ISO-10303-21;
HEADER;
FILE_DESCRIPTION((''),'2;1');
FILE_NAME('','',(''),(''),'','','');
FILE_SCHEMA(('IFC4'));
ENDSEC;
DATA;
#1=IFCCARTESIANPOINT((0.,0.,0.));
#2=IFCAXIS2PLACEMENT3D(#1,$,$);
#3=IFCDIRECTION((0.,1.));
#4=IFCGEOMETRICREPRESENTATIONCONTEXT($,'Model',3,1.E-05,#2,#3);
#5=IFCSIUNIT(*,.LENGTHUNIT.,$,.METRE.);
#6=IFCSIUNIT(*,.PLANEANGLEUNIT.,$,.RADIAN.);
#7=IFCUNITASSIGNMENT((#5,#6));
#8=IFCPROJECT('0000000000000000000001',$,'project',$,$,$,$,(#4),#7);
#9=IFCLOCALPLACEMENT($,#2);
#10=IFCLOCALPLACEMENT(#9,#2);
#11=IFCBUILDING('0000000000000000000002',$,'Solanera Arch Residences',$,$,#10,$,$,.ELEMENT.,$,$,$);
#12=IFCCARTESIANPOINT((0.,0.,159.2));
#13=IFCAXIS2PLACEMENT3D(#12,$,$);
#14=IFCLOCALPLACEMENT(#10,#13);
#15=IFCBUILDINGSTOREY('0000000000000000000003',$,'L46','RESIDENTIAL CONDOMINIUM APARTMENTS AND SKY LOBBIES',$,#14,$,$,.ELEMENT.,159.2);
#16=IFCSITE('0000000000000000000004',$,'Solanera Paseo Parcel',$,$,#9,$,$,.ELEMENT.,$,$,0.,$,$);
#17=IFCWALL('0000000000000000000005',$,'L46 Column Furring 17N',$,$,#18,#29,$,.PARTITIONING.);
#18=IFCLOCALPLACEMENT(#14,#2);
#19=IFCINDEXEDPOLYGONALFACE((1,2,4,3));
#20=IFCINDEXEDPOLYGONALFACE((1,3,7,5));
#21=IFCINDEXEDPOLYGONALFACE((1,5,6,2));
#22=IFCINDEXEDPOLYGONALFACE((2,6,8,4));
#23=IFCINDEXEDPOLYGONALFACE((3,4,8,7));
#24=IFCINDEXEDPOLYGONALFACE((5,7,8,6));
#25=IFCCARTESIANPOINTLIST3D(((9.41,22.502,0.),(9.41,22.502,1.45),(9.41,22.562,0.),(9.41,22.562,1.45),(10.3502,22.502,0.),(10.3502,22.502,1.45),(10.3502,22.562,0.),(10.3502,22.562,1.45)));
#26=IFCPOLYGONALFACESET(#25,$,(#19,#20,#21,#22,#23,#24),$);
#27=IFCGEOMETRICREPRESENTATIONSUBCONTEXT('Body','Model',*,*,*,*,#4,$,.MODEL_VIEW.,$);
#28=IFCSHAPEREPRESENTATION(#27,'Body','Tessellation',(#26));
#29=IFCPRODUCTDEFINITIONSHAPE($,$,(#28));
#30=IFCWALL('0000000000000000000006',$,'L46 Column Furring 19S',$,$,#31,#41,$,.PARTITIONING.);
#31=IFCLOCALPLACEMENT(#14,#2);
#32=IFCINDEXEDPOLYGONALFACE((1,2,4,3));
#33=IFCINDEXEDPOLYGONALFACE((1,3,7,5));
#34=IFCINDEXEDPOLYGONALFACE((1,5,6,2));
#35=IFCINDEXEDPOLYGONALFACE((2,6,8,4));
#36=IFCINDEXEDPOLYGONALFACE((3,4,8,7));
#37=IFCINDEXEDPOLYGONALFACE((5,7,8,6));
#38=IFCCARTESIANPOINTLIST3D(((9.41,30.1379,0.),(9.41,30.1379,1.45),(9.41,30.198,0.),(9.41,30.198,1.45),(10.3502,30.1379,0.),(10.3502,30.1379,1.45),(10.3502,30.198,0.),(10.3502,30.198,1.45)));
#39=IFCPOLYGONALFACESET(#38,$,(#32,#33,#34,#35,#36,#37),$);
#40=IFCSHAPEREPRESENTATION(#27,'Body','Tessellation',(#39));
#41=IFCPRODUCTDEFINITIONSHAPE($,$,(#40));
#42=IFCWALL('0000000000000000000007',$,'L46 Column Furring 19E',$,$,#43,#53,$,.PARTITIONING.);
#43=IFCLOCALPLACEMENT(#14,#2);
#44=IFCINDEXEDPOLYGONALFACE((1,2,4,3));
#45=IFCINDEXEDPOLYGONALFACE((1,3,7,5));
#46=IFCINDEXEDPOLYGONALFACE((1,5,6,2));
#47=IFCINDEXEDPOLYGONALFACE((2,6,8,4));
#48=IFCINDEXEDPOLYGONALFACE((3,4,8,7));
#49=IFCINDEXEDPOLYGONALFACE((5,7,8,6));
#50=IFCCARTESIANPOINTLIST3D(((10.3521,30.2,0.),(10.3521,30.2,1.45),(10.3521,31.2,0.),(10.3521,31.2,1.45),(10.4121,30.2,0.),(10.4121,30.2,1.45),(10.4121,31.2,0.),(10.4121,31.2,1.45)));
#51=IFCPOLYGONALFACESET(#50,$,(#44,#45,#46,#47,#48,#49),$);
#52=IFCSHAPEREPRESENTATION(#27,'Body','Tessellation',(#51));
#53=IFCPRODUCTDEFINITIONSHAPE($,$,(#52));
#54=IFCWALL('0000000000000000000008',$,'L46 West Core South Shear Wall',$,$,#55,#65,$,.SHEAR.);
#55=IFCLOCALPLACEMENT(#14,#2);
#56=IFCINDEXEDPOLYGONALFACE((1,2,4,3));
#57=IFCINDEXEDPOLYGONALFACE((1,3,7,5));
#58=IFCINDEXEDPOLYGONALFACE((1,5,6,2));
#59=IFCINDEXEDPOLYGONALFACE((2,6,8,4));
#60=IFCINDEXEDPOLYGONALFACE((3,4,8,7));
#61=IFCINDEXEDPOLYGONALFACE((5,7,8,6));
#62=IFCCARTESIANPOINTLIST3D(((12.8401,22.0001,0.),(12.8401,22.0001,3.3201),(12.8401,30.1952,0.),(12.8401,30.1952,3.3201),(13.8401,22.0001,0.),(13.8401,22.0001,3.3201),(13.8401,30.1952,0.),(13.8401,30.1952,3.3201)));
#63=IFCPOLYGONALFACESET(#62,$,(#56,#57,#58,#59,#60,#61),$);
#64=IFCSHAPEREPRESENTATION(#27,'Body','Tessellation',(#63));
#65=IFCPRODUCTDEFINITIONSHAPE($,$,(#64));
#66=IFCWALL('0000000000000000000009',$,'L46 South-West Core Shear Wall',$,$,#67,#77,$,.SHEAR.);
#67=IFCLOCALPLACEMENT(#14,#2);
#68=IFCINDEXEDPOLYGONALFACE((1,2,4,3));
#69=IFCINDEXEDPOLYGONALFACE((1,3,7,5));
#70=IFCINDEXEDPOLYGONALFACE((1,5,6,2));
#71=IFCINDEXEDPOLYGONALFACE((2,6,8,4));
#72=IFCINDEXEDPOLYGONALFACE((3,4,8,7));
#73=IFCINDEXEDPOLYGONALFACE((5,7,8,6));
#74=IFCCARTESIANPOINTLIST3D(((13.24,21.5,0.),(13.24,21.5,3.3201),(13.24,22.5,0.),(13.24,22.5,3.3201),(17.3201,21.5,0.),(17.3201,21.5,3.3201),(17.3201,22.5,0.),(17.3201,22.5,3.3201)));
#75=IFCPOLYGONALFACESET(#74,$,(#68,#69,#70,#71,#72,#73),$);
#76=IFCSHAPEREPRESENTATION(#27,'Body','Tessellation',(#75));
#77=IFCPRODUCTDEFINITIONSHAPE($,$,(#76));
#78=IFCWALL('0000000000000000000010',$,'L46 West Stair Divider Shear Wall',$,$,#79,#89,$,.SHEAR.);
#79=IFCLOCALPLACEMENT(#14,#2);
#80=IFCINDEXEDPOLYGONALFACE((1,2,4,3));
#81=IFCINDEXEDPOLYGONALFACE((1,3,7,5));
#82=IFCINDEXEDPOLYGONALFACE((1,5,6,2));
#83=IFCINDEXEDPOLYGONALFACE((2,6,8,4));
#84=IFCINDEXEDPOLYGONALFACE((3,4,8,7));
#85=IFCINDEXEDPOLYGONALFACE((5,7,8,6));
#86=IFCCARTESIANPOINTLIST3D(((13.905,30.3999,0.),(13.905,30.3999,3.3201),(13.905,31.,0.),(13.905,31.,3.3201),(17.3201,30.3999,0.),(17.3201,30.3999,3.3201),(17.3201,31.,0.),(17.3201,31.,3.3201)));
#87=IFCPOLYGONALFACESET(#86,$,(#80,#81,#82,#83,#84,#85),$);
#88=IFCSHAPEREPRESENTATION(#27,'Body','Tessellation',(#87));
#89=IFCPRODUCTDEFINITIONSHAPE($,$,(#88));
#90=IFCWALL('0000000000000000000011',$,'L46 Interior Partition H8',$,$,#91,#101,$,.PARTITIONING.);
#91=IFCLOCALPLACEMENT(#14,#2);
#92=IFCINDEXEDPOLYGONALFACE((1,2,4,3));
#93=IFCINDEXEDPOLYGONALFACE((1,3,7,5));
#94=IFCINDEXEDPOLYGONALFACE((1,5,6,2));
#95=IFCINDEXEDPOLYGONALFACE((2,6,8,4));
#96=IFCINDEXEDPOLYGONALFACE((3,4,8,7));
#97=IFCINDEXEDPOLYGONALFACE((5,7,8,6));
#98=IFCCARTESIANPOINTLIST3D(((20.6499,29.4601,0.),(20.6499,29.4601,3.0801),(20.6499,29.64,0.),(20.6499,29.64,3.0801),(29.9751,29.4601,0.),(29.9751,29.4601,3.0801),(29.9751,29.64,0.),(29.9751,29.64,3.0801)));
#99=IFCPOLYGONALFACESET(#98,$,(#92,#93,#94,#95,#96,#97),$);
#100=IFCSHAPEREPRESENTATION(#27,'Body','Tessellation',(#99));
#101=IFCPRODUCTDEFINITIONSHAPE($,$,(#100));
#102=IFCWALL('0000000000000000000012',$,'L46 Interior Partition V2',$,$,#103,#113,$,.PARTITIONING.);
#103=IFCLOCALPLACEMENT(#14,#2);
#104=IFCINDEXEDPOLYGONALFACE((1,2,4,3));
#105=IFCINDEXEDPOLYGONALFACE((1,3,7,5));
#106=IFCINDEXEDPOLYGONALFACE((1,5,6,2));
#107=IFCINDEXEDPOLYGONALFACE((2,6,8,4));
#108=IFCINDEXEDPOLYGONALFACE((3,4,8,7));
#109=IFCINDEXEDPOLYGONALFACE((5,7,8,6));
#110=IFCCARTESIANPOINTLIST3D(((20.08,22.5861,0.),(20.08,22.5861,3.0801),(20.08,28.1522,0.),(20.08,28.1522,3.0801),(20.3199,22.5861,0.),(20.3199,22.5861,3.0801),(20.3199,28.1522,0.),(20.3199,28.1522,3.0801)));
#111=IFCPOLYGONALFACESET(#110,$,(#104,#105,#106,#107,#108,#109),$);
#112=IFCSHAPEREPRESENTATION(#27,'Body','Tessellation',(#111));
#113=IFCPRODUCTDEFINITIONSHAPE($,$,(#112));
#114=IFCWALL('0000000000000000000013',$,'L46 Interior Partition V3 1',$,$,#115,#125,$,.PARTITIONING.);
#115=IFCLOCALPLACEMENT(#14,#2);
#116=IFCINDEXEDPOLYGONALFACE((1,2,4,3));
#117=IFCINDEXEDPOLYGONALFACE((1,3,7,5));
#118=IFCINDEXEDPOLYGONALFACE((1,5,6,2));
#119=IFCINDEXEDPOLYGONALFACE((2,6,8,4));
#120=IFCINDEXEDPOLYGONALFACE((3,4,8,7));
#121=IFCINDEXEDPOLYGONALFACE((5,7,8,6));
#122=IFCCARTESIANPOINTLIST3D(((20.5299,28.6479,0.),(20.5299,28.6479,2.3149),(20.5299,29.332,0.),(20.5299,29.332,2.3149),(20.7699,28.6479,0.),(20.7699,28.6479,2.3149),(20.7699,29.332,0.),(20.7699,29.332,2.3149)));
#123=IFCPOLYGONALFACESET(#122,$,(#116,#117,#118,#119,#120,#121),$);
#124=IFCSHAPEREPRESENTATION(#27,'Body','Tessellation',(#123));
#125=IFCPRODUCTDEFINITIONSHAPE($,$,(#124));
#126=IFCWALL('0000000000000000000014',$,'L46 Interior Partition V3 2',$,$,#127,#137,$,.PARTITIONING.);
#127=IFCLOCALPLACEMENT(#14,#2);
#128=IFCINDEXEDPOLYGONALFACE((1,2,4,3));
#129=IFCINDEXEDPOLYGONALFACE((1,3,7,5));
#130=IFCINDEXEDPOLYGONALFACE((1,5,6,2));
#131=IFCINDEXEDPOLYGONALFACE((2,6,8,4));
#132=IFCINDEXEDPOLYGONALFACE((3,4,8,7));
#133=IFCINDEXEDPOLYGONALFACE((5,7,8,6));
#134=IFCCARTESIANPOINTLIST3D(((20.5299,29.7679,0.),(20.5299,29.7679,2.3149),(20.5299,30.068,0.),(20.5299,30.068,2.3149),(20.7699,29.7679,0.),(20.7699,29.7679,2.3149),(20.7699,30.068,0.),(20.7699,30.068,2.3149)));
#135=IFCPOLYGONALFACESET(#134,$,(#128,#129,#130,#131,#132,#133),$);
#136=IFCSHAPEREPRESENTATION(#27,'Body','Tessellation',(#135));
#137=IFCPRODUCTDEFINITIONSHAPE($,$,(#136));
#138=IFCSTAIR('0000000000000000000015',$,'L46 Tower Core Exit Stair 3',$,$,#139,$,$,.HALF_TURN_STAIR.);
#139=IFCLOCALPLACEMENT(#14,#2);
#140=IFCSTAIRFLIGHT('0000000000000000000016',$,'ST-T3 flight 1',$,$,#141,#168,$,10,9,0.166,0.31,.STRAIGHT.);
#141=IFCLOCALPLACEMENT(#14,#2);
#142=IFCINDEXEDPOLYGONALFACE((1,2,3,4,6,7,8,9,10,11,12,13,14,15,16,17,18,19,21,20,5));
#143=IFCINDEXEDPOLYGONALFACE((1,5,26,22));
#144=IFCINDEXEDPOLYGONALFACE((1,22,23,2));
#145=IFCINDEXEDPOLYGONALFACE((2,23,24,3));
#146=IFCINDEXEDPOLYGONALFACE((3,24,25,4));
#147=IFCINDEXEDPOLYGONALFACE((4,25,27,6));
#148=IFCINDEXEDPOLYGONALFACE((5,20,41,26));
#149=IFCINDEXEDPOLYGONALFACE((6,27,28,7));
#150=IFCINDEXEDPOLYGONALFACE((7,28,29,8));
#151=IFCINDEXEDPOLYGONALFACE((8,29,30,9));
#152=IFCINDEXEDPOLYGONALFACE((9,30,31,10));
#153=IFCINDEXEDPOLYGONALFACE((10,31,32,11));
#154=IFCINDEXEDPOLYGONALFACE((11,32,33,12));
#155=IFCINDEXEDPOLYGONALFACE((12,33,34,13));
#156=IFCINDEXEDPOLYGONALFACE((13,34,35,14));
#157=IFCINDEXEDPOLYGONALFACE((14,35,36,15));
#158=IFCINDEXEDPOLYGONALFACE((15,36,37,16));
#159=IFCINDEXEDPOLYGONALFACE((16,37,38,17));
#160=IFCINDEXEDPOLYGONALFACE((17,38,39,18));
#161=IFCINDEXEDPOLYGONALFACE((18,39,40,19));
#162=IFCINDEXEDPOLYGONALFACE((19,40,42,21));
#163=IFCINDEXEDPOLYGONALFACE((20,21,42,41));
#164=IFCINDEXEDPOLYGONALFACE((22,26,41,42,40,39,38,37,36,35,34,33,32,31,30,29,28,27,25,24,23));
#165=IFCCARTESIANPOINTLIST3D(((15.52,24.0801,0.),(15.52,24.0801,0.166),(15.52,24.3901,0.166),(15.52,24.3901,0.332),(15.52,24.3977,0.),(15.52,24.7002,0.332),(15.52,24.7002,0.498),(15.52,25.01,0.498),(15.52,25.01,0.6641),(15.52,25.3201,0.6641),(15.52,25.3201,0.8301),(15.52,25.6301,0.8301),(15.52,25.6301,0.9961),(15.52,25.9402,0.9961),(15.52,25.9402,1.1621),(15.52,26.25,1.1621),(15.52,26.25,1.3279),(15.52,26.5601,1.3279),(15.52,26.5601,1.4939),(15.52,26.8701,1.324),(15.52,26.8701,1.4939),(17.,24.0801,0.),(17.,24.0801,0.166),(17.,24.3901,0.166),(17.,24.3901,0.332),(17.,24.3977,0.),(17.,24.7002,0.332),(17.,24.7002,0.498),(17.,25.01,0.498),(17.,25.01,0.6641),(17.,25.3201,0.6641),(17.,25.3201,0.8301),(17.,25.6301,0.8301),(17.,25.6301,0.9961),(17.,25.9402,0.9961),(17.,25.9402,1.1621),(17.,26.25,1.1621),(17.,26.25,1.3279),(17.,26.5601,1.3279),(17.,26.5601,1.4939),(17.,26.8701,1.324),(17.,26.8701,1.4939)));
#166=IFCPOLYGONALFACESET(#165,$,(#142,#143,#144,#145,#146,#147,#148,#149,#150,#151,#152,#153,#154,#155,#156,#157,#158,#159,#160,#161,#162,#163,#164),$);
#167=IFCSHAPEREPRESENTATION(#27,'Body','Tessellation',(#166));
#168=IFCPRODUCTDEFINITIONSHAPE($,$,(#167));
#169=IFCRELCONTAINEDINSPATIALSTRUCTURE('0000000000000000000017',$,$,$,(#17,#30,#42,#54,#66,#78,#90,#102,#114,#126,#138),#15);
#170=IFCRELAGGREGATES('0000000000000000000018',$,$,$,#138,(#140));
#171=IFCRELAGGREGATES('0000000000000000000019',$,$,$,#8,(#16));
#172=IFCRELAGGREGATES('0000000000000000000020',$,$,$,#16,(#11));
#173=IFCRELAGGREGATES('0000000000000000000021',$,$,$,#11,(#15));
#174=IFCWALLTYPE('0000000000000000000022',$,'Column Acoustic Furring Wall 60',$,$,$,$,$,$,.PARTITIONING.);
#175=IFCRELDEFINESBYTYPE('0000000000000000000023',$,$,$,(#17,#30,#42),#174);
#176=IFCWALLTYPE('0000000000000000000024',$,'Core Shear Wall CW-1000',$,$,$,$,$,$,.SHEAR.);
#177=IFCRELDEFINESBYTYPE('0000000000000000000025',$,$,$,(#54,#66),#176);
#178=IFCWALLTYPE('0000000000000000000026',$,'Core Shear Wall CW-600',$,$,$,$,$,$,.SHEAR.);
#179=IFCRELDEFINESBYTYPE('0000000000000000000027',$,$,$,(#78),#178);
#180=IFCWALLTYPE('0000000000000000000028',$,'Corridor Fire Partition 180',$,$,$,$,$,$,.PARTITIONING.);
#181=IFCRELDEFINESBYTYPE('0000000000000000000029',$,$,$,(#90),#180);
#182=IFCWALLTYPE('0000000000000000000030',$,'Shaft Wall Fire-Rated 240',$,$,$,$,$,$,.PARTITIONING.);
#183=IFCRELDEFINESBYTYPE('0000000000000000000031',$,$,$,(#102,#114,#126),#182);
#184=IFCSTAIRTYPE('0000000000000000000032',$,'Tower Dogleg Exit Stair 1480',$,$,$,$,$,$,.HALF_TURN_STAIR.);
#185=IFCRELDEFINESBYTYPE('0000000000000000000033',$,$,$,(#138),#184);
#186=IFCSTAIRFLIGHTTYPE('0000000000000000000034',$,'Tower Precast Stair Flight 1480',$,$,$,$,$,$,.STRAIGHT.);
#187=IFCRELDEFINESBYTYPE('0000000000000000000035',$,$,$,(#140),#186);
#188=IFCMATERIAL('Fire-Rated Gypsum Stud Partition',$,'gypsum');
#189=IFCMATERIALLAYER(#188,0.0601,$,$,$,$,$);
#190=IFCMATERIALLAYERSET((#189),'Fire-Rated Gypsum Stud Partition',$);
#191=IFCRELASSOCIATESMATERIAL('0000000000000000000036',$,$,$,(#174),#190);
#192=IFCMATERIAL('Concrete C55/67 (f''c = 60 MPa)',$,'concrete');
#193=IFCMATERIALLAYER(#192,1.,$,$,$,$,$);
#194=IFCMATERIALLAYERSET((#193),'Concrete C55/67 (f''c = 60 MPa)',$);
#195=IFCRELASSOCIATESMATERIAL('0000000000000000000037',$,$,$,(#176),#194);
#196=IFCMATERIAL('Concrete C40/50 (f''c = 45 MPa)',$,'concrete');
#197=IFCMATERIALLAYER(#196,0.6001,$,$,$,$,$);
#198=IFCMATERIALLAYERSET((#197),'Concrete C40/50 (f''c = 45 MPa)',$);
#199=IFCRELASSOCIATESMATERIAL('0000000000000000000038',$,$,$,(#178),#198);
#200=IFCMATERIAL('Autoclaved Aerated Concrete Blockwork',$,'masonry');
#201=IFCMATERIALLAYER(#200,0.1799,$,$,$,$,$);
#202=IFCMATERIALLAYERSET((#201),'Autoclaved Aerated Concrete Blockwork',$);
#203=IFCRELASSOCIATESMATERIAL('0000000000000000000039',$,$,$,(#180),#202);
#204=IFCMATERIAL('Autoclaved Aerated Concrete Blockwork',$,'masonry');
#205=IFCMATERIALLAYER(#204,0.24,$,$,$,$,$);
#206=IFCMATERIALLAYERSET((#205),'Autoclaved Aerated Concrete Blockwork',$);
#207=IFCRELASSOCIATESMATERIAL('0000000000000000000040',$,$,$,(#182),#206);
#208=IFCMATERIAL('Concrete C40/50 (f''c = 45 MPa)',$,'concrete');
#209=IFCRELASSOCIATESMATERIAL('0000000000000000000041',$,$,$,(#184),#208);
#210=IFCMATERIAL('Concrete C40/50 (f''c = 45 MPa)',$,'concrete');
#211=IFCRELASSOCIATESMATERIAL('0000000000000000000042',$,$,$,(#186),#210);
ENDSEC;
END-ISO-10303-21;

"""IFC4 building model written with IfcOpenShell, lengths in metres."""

from ifc_helpers import new_model, si_unit, direction, frame, frame_2d, origin, place, context, subcontext, project, spatial, polyline, rectangle, outline, extrude, material, layer, layer_set, type_object, element, aggregate, save


model = new_model("IFC4")

# Units and contexts
model_context = context("Model", 3, precision=1e-05, world=origin(), true_north=direction((0.0, 1.0)))
body_context = subcontext(model_context, "Body", "Model", "MODEL_VIEW")
ifc_project = project(units=[si_unit("LENGTHUNIT", "METRE"), si_unit("PLANEANGLEUNIT", "RADIAN")], contexts=[model_context])

# Site, building, storey
site_placement = place(None, origin())
site = spatial("IfcSite", under=ifc_project, at=site_placement, Name="Solanera Paseo Parcel", CompositionType="ELEMENT", RefElevation=0.0)
building_placement = place(site_placement, origin())
building = spatial("IfcBuilding", under=site, at=building_placement, Name="Solanera Arch Residences", CompositionType="ELEMENT")
storey_placement = place(building_placement, frame((0.0, 0.0, 159.2)))
storey = spatial("IfcBuildingStorey", under=building, at=storey_placement, Name="L46", Description="RESIDENTIAL CONDOMINIUM APARTMENTS AND SKY LOBBIES", CompositionType="ELEMENT", Elevation=159.2)

# Walls
ifc_material_1 = material(Name="Fire-Rated Gypsum Stud Partition", Category="gypsum")
ifc_layer_1 = layer(ifc_material_1, 0.0601)
ifc_layer_set_1 = layer_set([ifc_layer_1], Name="Fire-Rated Gypsum Stud Partition")
wall_type_1 = type_object("IfcWallType", Name="Column Acoustic Furring Wall 60", PredefinedType="PARTITIONING", material=ifc_layer_set_1)
for number, where, z_axis, x_axis, name in (
    (1, (9.4099, 22.532, 0.0), (0.0, 0.0, 1.0), (1.0, 0.0, 0.0), "L46 Column Furring 17N"),
    (2, (9.4099, 30.168, 0.0), (0.0, 0.0, 1.0), (1.0, 0.0, 0.0), "L46 Column Furring 19S"),
):
    element("IfcWall", number, at=place(storey_placement, frame(where, z_axis=z_axis, x_axis=x_axis)), inside=storey, type_object=wall_type_1, Name=name, PredefinedType="PARTITIONING", context=body_context, shape_type="SweptSolid", body=[
        extrude(rectangle(XDim=0.9402, YDim=0.0601, at=frame_2d((0.4702, 0.0))), origin(), (0.0, 0.0, 1.0), 1.45),
    ])
wall_1_placement = place(storey_placement, frame((10.3821, 30.2, 0.0), z_axis=(0.0, 0.0, 1.0), x_axis=(0.0, 1.0, 0.0)))
element("IfcWall", 3, at=wall_1_placement, inside=storey, type_object=wall_type_1, Name="L46 Column Furring 19E", PredefinedType="PARTITIONING", context=body_context, shape_type="SweptSolid", body=[
    extrude(rectangle(XDim=1.0, YDim=0.0601, at=frame_2d((0.5, 0.0))), origin(), (0.0, 0.0, 1.0), 1.45),
])
ifc_material_2 = material(Name="Concrete C55/67 (f'c = 60 MPa)", Category="concrete")
ifc_layer_2 = layer(ifc_material_2, 1.0)
ifc_layer_set_2 = layer_set([ifc_layer_2], Name="Concrete C55/67 (f'c = 60 MPa)")
wall_type_2 = type_object("IfcWallType", Name="Core Shear Wall CW-1000", PredefinedType="SHEAR", material=ifc_layer_set_2)
wall_2_placement = place(storey_placement, frame((13.3401, 22.0, 0.0), z_axis=(0.0, 0.0, 1.0), x_axis=(0.0, 1.0, 0.0)))
element("IfcWall", 4, at=wall_2_placement, inside=storey, type_object=wall_type_2, Name="L46 West Core South Shear Wall", PredefinedType="SHEAR", context=body_context, shape_type="SweptSolid", body=[
    extrude(rectangle(XDim=8.1951, YDim=1.0, at=frame_2d((4.0977, 0.0))), origin(), (0.0, 0.0, 1.0), 3.3201),
])
wall_3_placement = place(storey_placement, frame((13.24, 22.0, 0.0), z_axis=(0.0, 0.0, 1.0), x_axis=(1.0, 0.0, 0.0)))
element("IfcWall", 5, at=wall_3_placement, inside=storey, type_object=wall_type_2, Name="L46 South-West Core Shear Wall", PredefinedType="SHEAR", context=body_context, shape_type="SweptSolid", body=[
    extrude(rectangle(XDim=4.0801, YDim=1.0, at=frame_2d((2.04, 0.0))), origin(), (0.0, 0.0, 1.0), 3.3201),
])

# Walls
ifc_material_3 = material(Name="Concrete C40/50 (f'c = 45 MPa)", Category="concrete")
ifc_layer_3 = layer(ifc_material_3, 0.6001)
ifc_layer_set_3 = layer_set([ifc_layer_3], Name="Concrete C40/50 (f'c = 45 MPa)")
wall_type_3 = type_object("IfcWallType", Name="Core Shear Wall CW-600", PredefinedType="SHEAR", material=ifc_layer_set_3)
wall_4_placement = place(storey_placement, frame((13.905, 30.7, 0.0), z_axis=(0.0, 0.0, 1.0), x_axis=(1.0, 0.0, 0.0)))
element("IfcWall", 6, at=wall_4_placement, inside=storey, type_object=wall_type_3, Name="L46 West Stair Divider Shear Wall", PredefinedType="SHEAR", context=body_context, shape_type="SweptSolid", body=[
    extrude(rectangle(XDim=3.415, YDim=0.6001, at=frame_2d((1.7075, 0.0))), origin(), (0.0, 0.0, 1.0), 3.3201),
])
ifc_material_4 = material(Name="Autoclaved Aerated Concrete Blockwork", Category="masonry")
ifc_layer_4 = layer(ifc_material_4, 0.1799)
ifc_layer_set_4 = layer_set([ifc_layer_4], Name="Autoclaved Aerated Concrete Blockwork")
wall_type_4 = type_object("IfcWallType", Name="Corridor Fire Partition 180", PredefinedType="PARTITIONING", material=ifc_layer_set_4)
wall_5_placement = place(storey_placement, frame((20.6499, 29.55, 0.0), z_axis=(0.0, 0.0, 1.0), x_axis=(1.0, 0.0, 0.0)))
element("IfcWall", 7, at=wall_5_placement, inside=storey, type_object=wall_type_4, Name="L46 Interior Partition H8", PredefinedType="PARTITIONING", context=body_context, shape_type="SweptSolid", body=[
    extrude(rectangle(XDim=9.3252, YDim=0.1799, at=frame_2d((4.6626, 0.0))), origin(), (0.0, 0.0, 1.0), 3.0801),
])

# Shared definitions
ifc_material_5 = material(Name="Autoclaved Aerated Concrete Blockwork", Category="masonry")
ifc_layer_5 = layer(ifc_material_5, 0.24)
ifc_layer_set_5 = layer_set([ifc_layer_5], Name="Autoclaved Aerated Concrete Blockwork")
wall_type_5 = type_object("IfcWallType", Name="Shaft Wall Fire-Rated 240", PredefinedType="PARTITIONING", material=ifc_layer_set_5)

# Walls
wall_6_placement = place(storey_placement, frame((20.2, 22.5859, 0.0), z_axis=(0.0, 0.0, 1.0), x_axis=(0.0, 1.0, 0.0)))
element("IfcWall", 8, at=wall_6_placement, inside=storey, type_object=wall_type_5, Name="L46 Interior Partition V2", PredefinedType="PARTITIONING", context=body_context, shape_type="SweptSolid", body=[
    extrude(rectangle(XDim=5.5662, YDim=0.24, at=frame_2d((2.7832, 0.0))), origin(), (0.0, 0.0, 1.0), 3.0801),
])
wall_7_placement = place(storey_placement, frame((20.6499, 28.6479, 0.0), z_axis=(0.0, 0.0, 1.0), x_axis=(0.0, 1.0, 0.0)))
element("IfcWall", 9, at=wall_7_placement, inside=storey, type_object=wall_type_5, Name="L46 Interior Partition V3 1", PredefinedType="PARTITIONING", context=body_context, shape_type="SweptSolid", body=[
    extrude(rectangle(XDim=0.6841, YDim=0.24, at=frame_2d((0.342, 0.0))), origin(), (0.0, 0.0, 1.0), 2.3149),
])
wall_8_placement = place(storey_placement, frame((20.6499, 29.7681, 0.0), z_axis=(0.0, 0.0, 1.0), x_axis=(0.0, 1.0, 0.0)))
element("IfcWall", 10, at=wall_8_placement, inside=storey, type_object=wall_type_5, Name="L46 Interior Partition V3 2", PredefinedType="PARTITIONING", context=body_context, shape_type="SweptSolid", body=[
    extrude(rectangle(XDim=0.3, YDim=0.24, at=frame_2d((0.1499, 0.0))), origin(), (0.0, 0.0, 1.0), 2.3149),
])

# Stair, stair flight
ifc_material_6 = material(Name="Concrete C40/50 (f'c = 45 MPa)", Category="concrete")
stair_type = type_object("IfcStairType", Name="Tower Dogleg Exit Stair 1480", PredefinedType="HALF_TURN_STAIR", material=ifc_material_6)
stair_placement = place(storey_placement, origin())
stair = element("IfcStair", 11, at=stair_placement, inside=storey, type_object=stair_type, Name="L46 Tower Core Exit Stair 3", PredefinedType="HALF_TURN_STAIR")
ifc_material_7 = material(Name="Concrete C40/50 (f'c = 45 MPa)", Category="concrete")
stair_flight_type = type_object("IfcStairFlightType", Name="Tower Precast Stair Flight 1480", PredefinedType="STRAIGHT", material=ifc_material_7)
stair_flight_1_placement = place(storey_placement, frame((16.26, 24.0801, 0.0), z_axis=(0.0, 0.0, 1.0), x_axis=(0.0, 1.0, 0.0)))
stair_flight_1 = element("IfcStairFlight", 12, at=stair_flight_1_placement, type_object=stair_flight_type, Name="ST-T3 flight 1", NumberOfRisers=10, NumberOfTreads=9, PredefinedType="STRAIGHT", RiserHeight=0.166, TreadLength=0.31, context=body_context, shape_type="SweptSolid", body=[
    extrude(outline(polyline([(0.0, 0.0), (0.0, 0.166), (0.3101, 0.166), (0.3101, 0.332), (0.6201, 0.332), (0.6201, 0.498), (0.9299, 0.498), (0.9299, 0.6641), (1.24, 0.6641), (1.24, 0.8301), (1.55, 0.8301), (1.55, 0.9961), (1.8601, 0.9961), (1.8601, 1.1621), (2.1699, 1.1621), (2.1699, 1.3279), (2.48, 1.3279), (2.48, 1.4939), (2.79, 1.4939), (2.79, 1.6599), (2.79, 1.324), (0.3176, 0.0), (0.0, 0.0)])), frame((0.0, 0.74, 0.0), z_axis=(0.0, -1.0, 0.0), x_axis=(1.0, 0.0, 0.0)), (0.0, 0.0, 1.0), 1.48),
])
aggregate(stair, [stair_flight_1])

save(model, "model.ifc")
